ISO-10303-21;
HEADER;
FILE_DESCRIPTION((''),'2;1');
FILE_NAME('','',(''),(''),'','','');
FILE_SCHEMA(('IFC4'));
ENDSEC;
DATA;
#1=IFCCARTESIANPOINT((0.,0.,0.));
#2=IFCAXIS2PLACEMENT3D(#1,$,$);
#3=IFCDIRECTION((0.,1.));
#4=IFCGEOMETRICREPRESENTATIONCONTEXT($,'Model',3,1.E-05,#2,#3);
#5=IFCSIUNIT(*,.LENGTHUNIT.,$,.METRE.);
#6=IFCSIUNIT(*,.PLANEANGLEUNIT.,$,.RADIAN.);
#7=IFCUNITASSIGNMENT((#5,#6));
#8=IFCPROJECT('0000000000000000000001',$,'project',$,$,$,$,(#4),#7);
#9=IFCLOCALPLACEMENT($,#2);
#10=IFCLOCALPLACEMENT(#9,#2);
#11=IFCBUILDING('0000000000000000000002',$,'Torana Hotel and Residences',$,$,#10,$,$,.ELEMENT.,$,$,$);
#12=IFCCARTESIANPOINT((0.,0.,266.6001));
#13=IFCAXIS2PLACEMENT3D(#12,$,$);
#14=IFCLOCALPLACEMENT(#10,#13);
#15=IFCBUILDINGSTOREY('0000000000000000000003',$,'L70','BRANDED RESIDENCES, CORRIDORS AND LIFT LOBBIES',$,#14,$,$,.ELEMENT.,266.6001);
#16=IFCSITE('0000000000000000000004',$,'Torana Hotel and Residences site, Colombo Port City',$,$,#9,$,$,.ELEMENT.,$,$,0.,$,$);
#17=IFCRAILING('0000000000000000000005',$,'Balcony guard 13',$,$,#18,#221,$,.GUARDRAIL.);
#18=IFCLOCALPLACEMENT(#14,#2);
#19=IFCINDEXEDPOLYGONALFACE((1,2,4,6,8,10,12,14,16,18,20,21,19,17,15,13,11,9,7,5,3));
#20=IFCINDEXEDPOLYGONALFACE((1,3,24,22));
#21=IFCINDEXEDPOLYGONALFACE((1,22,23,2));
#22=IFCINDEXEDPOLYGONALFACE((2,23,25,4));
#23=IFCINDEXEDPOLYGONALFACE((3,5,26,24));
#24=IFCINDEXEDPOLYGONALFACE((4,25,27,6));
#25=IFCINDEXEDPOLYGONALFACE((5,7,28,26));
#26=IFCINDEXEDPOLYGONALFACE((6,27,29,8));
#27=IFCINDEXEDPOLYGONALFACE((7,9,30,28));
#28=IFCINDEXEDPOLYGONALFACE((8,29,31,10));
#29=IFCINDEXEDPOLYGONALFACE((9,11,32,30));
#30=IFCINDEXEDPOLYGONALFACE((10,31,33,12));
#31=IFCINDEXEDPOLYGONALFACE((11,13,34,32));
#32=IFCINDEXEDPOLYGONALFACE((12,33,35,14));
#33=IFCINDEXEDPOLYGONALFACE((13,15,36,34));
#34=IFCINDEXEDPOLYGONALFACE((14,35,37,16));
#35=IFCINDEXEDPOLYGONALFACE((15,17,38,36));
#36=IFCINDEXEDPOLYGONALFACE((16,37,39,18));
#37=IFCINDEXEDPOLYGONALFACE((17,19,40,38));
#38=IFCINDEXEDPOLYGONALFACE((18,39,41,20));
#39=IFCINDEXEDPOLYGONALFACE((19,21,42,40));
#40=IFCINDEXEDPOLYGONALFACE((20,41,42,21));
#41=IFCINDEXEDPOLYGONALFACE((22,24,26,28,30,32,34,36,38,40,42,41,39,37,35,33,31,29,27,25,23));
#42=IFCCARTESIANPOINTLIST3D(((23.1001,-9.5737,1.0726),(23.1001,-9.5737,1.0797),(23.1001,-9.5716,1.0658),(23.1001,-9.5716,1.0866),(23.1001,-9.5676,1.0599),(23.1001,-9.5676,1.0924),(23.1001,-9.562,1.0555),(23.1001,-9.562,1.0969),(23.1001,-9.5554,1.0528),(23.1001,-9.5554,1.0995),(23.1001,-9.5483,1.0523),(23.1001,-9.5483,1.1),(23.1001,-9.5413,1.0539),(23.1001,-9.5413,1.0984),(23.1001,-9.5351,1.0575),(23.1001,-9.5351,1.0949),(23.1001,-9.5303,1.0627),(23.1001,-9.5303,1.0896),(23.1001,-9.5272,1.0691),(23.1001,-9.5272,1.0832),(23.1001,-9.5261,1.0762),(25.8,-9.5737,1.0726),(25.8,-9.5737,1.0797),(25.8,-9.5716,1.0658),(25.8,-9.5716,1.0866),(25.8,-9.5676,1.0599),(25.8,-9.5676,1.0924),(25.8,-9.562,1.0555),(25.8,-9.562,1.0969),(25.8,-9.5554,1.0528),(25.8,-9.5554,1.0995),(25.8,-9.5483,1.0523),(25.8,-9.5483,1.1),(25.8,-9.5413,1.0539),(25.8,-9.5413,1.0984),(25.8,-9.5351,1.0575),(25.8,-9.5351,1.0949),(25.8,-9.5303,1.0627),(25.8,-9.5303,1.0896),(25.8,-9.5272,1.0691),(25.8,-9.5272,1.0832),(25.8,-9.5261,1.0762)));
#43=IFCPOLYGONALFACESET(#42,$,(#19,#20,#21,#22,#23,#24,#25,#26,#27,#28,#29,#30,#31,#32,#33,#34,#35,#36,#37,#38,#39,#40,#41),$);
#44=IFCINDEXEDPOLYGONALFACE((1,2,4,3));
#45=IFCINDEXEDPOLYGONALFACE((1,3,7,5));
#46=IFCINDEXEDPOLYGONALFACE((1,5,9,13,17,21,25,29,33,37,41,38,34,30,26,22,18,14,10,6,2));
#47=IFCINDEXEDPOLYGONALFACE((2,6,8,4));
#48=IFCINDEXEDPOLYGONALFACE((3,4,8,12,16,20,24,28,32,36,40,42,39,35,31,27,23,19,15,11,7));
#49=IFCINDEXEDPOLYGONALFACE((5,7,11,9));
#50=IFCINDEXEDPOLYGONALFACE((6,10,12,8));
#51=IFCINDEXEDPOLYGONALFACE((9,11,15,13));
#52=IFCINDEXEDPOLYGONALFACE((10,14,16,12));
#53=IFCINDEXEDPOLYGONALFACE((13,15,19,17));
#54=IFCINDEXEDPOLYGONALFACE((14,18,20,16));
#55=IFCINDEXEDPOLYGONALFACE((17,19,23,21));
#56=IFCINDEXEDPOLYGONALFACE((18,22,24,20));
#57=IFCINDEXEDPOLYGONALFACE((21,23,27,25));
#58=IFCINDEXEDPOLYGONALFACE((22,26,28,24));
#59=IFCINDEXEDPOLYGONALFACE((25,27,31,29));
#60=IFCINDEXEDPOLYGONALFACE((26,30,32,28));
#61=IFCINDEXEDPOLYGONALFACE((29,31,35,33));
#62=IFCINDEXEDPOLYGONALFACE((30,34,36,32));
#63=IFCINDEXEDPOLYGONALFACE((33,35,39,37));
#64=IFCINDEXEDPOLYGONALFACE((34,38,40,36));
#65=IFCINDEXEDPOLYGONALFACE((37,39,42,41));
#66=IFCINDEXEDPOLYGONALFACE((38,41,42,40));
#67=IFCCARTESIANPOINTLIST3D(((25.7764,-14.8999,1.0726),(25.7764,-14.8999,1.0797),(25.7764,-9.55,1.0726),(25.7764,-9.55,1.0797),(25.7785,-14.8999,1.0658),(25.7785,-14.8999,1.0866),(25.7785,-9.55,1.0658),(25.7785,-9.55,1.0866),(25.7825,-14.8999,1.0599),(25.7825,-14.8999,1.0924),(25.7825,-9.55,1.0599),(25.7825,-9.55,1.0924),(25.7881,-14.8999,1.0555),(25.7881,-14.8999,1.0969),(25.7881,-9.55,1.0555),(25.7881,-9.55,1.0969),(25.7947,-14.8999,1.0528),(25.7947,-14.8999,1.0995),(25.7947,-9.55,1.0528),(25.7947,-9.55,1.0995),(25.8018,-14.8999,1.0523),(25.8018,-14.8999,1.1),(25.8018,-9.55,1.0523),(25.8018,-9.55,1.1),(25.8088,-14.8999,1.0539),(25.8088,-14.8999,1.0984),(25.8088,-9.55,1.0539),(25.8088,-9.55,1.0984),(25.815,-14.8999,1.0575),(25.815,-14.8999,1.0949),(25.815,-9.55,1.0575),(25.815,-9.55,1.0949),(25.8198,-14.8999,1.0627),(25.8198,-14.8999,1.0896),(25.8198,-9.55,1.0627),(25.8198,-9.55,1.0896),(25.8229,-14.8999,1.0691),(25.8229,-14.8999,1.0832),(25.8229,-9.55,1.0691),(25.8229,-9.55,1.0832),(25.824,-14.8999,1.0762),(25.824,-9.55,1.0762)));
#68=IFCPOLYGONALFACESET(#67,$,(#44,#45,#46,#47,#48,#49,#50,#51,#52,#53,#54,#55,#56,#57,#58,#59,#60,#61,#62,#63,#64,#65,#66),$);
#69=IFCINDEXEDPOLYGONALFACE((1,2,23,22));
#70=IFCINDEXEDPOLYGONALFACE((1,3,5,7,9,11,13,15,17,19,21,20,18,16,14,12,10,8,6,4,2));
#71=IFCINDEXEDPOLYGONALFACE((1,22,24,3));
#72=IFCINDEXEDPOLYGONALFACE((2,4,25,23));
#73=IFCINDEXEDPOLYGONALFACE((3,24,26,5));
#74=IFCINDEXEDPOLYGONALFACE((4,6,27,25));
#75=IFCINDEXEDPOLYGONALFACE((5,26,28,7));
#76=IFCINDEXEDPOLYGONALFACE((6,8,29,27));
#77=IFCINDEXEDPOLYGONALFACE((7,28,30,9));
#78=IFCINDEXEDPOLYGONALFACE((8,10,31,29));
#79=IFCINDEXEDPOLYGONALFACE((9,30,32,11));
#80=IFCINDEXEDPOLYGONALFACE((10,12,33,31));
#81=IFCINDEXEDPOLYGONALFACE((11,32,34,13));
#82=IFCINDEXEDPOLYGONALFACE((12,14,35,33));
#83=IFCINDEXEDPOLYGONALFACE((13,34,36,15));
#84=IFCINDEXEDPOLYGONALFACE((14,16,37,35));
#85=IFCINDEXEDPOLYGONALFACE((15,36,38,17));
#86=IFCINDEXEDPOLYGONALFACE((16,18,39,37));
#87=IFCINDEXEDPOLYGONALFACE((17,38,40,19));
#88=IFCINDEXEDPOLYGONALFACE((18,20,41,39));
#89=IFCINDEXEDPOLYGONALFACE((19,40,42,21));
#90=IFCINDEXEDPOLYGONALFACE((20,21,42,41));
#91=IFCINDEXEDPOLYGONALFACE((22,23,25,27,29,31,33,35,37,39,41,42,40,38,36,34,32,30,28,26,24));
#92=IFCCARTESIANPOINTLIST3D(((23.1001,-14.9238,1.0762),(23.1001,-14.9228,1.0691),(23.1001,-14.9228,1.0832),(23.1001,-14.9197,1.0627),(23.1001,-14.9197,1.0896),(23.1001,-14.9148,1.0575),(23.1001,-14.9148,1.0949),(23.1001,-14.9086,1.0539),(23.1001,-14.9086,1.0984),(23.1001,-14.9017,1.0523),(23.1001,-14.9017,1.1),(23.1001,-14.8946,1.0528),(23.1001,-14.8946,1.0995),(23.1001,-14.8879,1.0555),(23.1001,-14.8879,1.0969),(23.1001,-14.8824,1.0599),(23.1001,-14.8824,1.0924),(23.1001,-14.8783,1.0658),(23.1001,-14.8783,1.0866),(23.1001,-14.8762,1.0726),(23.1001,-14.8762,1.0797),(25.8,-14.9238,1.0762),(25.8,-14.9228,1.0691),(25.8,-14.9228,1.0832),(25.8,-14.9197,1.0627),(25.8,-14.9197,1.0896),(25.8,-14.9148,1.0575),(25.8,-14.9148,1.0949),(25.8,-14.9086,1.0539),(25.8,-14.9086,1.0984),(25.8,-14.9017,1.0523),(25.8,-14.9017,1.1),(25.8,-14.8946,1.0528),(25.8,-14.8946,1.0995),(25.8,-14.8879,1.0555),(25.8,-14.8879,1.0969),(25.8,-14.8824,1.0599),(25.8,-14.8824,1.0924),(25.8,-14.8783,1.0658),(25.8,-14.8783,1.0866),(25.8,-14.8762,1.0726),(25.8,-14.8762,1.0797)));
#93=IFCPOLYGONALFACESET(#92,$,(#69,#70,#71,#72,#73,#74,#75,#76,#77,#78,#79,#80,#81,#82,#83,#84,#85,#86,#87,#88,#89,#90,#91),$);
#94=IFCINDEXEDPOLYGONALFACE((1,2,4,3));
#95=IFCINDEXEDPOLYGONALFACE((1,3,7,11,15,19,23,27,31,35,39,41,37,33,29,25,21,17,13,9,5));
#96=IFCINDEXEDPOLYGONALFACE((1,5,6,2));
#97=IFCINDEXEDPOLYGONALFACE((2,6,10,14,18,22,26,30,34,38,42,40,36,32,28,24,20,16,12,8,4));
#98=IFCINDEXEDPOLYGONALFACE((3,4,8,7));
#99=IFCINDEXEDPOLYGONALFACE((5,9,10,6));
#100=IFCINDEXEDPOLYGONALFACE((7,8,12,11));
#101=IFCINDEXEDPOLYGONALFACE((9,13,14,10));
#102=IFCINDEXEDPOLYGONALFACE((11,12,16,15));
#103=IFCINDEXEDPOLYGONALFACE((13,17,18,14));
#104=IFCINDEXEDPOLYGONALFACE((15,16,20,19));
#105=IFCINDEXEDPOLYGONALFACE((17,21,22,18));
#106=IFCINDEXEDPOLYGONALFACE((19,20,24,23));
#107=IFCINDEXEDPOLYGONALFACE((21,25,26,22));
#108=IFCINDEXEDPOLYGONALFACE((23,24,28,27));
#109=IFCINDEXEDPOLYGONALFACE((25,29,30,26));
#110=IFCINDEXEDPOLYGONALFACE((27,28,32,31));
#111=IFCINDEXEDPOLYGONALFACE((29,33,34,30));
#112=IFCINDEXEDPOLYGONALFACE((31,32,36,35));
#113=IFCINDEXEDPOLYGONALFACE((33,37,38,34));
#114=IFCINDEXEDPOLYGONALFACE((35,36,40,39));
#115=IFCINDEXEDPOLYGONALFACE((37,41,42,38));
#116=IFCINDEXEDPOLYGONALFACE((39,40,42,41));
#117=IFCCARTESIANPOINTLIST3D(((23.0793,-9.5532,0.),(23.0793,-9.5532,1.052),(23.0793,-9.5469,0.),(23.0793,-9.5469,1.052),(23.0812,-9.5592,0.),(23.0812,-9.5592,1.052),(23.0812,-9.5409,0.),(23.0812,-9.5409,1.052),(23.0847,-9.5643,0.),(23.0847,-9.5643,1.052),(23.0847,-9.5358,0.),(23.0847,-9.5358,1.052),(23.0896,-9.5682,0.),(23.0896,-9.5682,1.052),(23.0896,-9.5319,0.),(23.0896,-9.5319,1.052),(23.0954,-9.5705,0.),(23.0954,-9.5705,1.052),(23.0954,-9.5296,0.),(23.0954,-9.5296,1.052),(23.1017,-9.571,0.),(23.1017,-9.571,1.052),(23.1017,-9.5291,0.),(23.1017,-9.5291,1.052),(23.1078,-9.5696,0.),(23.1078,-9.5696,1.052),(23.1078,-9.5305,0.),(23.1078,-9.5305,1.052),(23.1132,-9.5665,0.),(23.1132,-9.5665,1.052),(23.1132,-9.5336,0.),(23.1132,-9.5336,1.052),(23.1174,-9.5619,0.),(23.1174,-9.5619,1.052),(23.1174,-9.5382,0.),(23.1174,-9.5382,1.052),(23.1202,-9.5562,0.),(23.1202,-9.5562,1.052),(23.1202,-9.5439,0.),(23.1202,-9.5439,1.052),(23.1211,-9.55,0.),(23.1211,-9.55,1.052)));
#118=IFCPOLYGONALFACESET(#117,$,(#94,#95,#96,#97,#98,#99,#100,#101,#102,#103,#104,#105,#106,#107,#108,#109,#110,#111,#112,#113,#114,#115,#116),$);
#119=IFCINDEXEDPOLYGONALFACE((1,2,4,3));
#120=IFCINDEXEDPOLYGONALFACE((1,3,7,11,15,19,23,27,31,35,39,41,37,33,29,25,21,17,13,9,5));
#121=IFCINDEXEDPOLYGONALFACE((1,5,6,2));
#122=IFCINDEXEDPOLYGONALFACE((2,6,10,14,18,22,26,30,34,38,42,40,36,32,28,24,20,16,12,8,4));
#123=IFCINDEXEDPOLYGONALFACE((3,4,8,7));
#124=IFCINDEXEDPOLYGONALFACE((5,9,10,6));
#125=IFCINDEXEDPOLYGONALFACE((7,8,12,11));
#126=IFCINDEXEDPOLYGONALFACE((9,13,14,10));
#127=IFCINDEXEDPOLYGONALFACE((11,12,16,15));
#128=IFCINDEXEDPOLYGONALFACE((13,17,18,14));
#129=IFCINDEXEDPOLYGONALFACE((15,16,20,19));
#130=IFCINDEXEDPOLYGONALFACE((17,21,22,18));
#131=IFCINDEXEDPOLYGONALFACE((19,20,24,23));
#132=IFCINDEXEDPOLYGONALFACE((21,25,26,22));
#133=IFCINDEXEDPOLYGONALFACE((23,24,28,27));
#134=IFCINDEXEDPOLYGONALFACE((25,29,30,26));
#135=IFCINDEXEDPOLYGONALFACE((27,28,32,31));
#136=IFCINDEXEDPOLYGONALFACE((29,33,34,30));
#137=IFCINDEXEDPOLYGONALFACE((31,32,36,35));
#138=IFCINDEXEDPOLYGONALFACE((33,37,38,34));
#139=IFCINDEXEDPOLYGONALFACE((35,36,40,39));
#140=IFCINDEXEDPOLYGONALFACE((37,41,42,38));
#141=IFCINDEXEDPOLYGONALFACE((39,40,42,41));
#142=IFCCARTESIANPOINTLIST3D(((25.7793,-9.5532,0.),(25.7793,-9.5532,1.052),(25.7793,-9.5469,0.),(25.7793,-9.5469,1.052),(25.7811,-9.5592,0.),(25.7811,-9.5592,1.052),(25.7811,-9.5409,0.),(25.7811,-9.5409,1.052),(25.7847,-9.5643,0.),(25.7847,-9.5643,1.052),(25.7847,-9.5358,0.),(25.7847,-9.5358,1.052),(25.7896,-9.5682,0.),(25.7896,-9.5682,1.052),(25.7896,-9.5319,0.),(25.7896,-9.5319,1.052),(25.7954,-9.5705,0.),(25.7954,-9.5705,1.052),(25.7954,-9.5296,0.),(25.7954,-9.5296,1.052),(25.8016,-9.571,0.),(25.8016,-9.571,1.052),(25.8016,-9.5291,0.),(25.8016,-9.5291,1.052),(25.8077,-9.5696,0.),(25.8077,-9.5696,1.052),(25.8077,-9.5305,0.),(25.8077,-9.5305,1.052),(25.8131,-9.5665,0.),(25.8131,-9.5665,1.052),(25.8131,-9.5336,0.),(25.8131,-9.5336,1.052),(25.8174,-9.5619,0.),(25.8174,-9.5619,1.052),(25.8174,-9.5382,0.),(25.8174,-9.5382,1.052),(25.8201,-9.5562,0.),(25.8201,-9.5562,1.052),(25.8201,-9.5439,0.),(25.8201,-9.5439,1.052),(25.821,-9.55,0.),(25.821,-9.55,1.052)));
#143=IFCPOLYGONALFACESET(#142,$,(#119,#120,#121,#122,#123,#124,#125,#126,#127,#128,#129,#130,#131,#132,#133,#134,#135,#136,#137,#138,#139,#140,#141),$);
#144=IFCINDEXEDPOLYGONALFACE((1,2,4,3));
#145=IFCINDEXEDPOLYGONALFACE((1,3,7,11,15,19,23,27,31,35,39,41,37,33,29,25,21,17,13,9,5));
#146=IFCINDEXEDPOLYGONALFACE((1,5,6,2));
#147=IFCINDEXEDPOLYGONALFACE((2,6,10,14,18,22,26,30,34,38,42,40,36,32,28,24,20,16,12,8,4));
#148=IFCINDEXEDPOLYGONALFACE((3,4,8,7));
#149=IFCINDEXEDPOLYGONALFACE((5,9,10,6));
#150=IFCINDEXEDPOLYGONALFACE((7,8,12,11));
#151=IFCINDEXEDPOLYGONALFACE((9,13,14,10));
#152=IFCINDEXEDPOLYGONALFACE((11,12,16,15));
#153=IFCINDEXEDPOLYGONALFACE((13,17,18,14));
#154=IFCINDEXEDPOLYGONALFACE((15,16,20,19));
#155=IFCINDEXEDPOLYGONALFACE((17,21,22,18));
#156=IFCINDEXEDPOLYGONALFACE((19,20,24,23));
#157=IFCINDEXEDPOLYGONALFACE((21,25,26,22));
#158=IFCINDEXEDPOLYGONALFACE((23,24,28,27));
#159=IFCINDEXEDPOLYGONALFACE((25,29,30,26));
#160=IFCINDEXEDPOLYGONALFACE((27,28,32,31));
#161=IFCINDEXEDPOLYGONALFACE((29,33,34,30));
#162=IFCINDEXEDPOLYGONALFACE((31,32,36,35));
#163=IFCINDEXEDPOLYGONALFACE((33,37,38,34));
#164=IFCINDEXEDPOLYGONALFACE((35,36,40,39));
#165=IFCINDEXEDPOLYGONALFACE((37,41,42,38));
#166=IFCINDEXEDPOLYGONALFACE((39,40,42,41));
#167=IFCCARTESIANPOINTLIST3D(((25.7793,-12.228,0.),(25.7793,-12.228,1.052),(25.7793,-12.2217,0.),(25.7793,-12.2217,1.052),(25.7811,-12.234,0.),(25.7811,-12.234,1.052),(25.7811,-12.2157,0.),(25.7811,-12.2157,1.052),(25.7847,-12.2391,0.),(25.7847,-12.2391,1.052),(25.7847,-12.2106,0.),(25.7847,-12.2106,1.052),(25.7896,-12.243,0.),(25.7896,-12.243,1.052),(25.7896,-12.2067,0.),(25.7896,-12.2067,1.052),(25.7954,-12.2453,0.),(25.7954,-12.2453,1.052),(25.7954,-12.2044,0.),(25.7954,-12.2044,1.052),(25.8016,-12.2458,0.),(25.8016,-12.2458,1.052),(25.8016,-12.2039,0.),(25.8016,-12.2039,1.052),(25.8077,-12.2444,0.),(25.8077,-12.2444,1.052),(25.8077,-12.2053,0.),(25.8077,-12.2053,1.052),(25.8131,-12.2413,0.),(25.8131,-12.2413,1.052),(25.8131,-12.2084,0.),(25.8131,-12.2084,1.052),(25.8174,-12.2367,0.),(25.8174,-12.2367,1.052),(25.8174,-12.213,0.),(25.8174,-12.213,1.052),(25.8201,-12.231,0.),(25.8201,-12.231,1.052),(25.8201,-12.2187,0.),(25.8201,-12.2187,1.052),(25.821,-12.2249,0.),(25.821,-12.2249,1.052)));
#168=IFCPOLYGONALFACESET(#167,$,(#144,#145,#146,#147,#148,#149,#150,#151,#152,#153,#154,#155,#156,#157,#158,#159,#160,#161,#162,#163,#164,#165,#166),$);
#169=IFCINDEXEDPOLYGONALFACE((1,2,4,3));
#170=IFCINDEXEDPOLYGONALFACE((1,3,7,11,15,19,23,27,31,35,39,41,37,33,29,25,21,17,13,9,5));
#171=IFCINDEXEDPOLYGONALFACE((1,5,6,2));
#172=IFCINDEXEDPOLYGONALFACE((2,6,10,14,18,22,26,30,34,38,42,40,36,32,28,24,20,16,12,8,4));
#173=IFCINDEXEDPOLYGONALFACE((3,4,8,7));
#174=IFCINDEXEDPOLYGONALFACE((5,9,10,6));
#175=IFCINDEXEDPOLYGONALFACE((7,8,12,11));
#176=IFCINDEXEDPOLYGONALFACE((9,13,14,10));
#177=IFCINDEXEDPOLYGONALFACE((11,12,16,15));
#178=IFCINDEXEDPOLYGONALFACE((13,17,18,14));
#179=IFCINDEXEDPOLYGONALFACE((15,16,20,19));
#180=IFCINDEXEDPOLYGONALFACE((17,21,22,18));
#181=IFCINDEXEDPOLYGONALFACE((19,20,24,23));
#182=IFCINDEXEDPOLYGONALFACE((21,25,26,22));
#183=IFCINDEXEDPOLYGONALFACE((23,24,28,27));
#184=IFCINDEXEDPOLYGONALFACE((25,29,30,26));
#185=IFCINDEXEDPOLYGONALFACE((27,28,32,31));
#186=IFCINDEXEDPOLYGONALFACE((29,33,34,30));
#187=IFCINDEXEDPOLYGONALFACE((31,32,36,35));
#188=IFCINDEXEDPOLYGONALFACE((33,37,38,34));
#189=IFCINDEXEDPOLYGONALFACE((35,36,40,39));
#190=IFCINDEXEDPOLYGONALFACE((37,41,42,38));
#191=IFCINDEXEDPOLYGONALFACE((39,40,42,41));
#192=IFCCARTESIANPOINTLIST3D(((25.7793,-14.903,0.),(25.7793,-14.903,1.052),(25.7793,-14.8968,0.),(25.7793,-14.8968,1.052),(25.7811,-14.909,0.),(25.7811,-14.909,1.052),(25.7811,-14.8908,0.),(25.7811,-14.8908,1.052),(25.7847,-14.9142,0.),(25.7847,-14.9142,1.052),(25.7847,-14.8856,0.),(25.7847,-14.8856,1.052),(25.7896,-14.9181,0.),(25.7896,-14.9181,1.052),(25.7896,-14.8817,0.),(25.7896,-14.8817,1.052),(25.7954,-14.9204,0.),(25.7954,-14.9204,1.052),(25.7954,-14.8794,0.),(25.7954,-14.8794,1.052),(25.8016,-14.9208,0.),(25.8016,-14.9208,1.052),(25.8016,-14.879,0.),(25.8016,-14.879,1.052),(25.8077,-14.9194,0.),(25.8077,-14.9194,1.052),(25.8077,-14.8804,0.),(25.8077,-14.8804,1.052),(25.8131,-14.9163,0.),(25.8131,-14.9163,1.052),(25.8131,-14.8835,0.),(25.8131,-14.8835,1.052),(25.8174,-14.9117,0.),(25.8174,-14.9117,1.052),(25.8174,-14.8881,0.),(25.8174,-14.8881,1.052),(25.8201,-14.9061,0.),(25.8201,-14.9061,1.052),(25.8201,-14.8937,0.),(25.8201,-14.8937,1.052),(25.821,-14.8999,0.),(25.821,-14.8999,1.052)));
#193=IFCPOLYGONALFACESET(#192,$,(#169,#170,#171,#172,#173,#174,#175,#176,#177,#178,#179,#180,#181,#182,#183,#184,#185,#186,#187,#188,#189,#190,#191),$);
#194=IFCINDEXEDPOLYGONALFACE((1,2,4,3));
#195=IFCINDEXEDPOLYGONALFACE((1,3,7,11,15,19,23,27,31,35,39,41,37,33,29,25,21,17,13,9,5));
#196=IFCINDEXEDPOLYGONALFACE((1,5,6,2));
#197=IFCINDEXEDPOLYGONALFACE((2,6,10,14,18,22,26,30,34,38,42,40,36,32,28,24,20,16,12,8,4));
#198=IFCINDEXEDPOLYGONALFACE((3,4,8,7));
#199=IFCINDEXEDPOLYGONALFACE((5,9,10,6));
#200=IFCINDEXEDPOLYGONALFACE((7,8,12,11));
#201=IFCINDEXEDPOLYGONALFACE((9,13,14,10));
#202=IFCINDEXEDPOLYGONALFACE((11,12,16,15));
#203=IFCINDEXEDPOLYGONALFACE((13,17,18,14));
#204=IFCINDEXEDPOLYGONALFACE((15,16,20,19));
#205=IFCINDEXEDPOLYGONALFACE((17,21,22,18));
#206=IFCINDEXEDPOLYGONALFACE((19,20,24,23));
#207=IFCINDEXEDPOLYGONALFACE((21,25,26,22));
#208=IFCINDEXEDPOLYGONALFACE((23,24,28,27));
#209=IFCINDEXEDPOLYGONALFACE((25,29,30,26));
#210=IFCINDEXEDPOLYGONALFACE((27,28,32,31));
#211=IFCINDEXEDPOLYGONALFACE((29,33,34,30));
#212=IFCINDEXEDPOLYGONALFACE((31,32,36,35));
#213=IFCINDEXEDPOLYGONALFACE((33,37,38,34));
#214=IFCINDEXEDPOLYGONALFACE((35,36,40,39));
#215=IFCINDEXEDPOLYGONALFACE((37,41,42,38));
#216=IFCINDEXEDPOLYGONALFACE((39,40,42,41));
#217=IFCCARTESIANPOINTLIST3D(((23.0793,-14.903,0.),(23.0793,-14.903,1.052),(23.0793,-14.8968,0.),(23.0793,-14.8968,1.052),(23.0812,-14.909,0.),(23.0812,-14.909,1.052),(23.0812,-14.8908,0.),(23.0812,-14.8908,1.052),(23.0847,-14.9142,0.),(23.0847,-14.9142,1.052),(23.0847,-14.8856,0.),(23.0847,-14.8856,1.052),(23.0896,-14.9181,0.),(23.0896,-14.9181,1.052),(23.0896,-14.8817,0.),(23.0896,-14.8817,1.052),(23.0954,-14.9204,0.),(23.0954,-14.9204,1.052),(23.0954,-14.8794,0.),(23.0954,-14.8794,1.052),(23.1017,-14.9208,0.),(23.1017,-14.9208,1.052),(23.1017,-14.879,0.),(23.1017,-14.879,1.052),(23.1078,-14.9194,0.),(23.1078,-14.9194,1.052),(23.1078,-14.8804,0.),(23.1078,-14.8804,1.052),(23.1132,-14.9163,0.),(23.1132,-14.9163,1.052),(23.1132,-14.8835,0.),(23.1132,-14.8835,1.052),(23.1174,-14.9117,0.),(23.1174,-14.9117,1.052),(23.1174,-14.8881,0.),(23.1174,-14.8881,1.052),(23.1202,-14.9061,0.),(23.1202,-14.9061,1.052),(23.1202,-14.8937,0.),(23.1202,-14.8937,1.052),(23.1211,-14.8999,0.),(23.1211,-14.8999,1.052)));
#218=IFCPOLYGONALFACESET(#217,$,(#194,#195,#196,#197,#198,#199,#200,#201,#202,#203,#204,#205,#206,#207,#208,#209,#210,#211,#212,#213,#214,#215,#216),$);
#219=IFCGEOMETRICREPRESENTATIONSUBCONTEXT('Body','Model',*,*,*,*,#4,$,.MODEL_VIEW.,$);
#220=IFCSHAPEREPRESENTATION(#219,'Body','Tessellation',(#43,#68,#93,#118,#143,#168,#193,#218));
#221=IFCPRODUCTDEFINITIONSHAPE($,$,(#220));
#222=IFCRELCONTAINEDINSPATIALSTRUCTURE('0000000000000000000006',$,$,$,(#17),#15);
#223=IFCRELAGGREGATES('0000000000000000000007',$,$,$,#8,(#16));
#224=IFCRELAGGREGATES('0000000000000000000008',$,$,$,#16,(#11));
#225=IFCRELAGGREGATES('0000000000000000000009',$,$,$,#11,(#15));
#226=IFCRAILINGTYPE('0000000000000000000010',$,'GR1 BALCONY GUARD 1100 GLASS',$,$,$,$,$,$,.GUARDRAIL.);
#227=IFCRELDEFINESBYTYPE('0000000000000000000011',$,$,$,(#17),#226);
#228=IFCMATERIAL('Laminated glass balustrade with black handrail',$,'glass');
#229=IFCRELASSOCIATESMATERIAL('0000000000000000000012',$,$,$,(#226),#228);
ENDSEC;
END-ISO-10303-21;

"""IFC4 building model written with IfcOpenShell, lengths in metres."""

from ifc_helpers import new_model, si_unit, direction, frame, origin, origin_2d, place, context, subcontext, project, spatial, circle, extrude, material, type_object, element, save


model = new_model("IFC4")

# Units and contexts
model_context = context("Model", 3, precision=1e-05, world=origin(), true_north=direction((0.0, 1.0)))
body_context = subcontext(model_context, "Body", "Model", "MODEL_VIEW")
ifc_project = project(units=[si_unit("LENGTHUNIT", "METRE"), si_unit("PLANEANGLEUNIT", "RADIAN")], contexts=[model_context])

# Site, building, storey
site_placement = place(None, origin())
site = spatial("IfcSite", under=ifc_project, at=site_placement, Name="Torana Hotel and Residences site, Colombo Port City", CompositionType="ELEMENT", RefElevation=0.0)
building_placement = place(site_placement, origin())
building = spatial("IfcBuilding", under=site, at=building_placement, Name="Torana Hotel and Residences", CompositionType="ELEMENT")
storey_placement = place(building_placement, frame((0.0, 0.0, 266.6001)))
storey = spatial("IfcBuildingStorey", under=building, at=storey_placement, Name="L70", Description="BRANDED RESIDENCES, CORRIDORS AND LIFT LOBBIES", CompositionType="ELEMENT", Elevation=266.6001)

# Railing
ifc_material_1 = material(Name="Laminated glass balustrade with black handrail", Category="glass")
railing_type_1 = type_object("IfcRailingType", Name="GR1 BALCONY GUARD 1100 GLASS", PredefinedType="GUARDRAIL", material=ifc_material_1)
railing_1_placement = place(storey_placement, frame((23.1001, -9.55, 0.0)))
element("IfcRailing", 1, at=railing_1_placement, inside=storey, type_object=railing_type_1, Name="Balcony guard 13", PredefinedType="GUARDRAIL", context=body_context, shape_type="SweptSolid", body=[
    extrude(circle(Radius=0.0239, at=origin_2d()), frame((0.0, 0.0, 1.0762), z_axis=(1.0, 0.0, 0.0), x_axis=(0.0, 1.0, 0.0)), (0.0, 0.0, 1.0), 2.7),
    extrude(circle(Radius=0.0239, at=origin_2d()), frame((2.7, 0.0, 1.0762), z_axis=(0.0, -1.0, 0.0), x_axis=(1.0, 0.0, 0.0)), (0.0, 0.0, 1.0), 5.3499),
    extrude(circle(Radius=0.0239, at=origin_2d()), frame((2.7, -5.3499, 1.0762), z_axis=(-1.0, 0.0, 0.0), x_axis=(0.0, -1.0, 0.0)), (0.0, 0.0, 1.0), 2.7),
    extrude(circle(Radius=0.021, at=origin_2d()), origin(), (0.0, 0.0, 1.0), 1.052),
    extrude(circle(Radius=0.021, at=origin_2d()), frame((2.7, 0.0, 0.0)), (0.0, 0.0, 1.0), 1.052),
    extrude(circle(Radius=0.021, at=origin_2d()), frame((2.7, -2.6748, 0.0)), (0.0, 0.0, 1.0), 1.052),
    extrude(circle(Radius=0.021, at=origin_2d()), frame((2.7, -5.3499, 0.0)), (0.0, 0.0, 1.0), 1.052),
    extrude(circle(Radius=0.021, at=origin_2d()), frame((0.0, -5.3499, 0.0)), (0.0, 0.0, 1.0), 1.052),
])

save(model, "model.ifc")
